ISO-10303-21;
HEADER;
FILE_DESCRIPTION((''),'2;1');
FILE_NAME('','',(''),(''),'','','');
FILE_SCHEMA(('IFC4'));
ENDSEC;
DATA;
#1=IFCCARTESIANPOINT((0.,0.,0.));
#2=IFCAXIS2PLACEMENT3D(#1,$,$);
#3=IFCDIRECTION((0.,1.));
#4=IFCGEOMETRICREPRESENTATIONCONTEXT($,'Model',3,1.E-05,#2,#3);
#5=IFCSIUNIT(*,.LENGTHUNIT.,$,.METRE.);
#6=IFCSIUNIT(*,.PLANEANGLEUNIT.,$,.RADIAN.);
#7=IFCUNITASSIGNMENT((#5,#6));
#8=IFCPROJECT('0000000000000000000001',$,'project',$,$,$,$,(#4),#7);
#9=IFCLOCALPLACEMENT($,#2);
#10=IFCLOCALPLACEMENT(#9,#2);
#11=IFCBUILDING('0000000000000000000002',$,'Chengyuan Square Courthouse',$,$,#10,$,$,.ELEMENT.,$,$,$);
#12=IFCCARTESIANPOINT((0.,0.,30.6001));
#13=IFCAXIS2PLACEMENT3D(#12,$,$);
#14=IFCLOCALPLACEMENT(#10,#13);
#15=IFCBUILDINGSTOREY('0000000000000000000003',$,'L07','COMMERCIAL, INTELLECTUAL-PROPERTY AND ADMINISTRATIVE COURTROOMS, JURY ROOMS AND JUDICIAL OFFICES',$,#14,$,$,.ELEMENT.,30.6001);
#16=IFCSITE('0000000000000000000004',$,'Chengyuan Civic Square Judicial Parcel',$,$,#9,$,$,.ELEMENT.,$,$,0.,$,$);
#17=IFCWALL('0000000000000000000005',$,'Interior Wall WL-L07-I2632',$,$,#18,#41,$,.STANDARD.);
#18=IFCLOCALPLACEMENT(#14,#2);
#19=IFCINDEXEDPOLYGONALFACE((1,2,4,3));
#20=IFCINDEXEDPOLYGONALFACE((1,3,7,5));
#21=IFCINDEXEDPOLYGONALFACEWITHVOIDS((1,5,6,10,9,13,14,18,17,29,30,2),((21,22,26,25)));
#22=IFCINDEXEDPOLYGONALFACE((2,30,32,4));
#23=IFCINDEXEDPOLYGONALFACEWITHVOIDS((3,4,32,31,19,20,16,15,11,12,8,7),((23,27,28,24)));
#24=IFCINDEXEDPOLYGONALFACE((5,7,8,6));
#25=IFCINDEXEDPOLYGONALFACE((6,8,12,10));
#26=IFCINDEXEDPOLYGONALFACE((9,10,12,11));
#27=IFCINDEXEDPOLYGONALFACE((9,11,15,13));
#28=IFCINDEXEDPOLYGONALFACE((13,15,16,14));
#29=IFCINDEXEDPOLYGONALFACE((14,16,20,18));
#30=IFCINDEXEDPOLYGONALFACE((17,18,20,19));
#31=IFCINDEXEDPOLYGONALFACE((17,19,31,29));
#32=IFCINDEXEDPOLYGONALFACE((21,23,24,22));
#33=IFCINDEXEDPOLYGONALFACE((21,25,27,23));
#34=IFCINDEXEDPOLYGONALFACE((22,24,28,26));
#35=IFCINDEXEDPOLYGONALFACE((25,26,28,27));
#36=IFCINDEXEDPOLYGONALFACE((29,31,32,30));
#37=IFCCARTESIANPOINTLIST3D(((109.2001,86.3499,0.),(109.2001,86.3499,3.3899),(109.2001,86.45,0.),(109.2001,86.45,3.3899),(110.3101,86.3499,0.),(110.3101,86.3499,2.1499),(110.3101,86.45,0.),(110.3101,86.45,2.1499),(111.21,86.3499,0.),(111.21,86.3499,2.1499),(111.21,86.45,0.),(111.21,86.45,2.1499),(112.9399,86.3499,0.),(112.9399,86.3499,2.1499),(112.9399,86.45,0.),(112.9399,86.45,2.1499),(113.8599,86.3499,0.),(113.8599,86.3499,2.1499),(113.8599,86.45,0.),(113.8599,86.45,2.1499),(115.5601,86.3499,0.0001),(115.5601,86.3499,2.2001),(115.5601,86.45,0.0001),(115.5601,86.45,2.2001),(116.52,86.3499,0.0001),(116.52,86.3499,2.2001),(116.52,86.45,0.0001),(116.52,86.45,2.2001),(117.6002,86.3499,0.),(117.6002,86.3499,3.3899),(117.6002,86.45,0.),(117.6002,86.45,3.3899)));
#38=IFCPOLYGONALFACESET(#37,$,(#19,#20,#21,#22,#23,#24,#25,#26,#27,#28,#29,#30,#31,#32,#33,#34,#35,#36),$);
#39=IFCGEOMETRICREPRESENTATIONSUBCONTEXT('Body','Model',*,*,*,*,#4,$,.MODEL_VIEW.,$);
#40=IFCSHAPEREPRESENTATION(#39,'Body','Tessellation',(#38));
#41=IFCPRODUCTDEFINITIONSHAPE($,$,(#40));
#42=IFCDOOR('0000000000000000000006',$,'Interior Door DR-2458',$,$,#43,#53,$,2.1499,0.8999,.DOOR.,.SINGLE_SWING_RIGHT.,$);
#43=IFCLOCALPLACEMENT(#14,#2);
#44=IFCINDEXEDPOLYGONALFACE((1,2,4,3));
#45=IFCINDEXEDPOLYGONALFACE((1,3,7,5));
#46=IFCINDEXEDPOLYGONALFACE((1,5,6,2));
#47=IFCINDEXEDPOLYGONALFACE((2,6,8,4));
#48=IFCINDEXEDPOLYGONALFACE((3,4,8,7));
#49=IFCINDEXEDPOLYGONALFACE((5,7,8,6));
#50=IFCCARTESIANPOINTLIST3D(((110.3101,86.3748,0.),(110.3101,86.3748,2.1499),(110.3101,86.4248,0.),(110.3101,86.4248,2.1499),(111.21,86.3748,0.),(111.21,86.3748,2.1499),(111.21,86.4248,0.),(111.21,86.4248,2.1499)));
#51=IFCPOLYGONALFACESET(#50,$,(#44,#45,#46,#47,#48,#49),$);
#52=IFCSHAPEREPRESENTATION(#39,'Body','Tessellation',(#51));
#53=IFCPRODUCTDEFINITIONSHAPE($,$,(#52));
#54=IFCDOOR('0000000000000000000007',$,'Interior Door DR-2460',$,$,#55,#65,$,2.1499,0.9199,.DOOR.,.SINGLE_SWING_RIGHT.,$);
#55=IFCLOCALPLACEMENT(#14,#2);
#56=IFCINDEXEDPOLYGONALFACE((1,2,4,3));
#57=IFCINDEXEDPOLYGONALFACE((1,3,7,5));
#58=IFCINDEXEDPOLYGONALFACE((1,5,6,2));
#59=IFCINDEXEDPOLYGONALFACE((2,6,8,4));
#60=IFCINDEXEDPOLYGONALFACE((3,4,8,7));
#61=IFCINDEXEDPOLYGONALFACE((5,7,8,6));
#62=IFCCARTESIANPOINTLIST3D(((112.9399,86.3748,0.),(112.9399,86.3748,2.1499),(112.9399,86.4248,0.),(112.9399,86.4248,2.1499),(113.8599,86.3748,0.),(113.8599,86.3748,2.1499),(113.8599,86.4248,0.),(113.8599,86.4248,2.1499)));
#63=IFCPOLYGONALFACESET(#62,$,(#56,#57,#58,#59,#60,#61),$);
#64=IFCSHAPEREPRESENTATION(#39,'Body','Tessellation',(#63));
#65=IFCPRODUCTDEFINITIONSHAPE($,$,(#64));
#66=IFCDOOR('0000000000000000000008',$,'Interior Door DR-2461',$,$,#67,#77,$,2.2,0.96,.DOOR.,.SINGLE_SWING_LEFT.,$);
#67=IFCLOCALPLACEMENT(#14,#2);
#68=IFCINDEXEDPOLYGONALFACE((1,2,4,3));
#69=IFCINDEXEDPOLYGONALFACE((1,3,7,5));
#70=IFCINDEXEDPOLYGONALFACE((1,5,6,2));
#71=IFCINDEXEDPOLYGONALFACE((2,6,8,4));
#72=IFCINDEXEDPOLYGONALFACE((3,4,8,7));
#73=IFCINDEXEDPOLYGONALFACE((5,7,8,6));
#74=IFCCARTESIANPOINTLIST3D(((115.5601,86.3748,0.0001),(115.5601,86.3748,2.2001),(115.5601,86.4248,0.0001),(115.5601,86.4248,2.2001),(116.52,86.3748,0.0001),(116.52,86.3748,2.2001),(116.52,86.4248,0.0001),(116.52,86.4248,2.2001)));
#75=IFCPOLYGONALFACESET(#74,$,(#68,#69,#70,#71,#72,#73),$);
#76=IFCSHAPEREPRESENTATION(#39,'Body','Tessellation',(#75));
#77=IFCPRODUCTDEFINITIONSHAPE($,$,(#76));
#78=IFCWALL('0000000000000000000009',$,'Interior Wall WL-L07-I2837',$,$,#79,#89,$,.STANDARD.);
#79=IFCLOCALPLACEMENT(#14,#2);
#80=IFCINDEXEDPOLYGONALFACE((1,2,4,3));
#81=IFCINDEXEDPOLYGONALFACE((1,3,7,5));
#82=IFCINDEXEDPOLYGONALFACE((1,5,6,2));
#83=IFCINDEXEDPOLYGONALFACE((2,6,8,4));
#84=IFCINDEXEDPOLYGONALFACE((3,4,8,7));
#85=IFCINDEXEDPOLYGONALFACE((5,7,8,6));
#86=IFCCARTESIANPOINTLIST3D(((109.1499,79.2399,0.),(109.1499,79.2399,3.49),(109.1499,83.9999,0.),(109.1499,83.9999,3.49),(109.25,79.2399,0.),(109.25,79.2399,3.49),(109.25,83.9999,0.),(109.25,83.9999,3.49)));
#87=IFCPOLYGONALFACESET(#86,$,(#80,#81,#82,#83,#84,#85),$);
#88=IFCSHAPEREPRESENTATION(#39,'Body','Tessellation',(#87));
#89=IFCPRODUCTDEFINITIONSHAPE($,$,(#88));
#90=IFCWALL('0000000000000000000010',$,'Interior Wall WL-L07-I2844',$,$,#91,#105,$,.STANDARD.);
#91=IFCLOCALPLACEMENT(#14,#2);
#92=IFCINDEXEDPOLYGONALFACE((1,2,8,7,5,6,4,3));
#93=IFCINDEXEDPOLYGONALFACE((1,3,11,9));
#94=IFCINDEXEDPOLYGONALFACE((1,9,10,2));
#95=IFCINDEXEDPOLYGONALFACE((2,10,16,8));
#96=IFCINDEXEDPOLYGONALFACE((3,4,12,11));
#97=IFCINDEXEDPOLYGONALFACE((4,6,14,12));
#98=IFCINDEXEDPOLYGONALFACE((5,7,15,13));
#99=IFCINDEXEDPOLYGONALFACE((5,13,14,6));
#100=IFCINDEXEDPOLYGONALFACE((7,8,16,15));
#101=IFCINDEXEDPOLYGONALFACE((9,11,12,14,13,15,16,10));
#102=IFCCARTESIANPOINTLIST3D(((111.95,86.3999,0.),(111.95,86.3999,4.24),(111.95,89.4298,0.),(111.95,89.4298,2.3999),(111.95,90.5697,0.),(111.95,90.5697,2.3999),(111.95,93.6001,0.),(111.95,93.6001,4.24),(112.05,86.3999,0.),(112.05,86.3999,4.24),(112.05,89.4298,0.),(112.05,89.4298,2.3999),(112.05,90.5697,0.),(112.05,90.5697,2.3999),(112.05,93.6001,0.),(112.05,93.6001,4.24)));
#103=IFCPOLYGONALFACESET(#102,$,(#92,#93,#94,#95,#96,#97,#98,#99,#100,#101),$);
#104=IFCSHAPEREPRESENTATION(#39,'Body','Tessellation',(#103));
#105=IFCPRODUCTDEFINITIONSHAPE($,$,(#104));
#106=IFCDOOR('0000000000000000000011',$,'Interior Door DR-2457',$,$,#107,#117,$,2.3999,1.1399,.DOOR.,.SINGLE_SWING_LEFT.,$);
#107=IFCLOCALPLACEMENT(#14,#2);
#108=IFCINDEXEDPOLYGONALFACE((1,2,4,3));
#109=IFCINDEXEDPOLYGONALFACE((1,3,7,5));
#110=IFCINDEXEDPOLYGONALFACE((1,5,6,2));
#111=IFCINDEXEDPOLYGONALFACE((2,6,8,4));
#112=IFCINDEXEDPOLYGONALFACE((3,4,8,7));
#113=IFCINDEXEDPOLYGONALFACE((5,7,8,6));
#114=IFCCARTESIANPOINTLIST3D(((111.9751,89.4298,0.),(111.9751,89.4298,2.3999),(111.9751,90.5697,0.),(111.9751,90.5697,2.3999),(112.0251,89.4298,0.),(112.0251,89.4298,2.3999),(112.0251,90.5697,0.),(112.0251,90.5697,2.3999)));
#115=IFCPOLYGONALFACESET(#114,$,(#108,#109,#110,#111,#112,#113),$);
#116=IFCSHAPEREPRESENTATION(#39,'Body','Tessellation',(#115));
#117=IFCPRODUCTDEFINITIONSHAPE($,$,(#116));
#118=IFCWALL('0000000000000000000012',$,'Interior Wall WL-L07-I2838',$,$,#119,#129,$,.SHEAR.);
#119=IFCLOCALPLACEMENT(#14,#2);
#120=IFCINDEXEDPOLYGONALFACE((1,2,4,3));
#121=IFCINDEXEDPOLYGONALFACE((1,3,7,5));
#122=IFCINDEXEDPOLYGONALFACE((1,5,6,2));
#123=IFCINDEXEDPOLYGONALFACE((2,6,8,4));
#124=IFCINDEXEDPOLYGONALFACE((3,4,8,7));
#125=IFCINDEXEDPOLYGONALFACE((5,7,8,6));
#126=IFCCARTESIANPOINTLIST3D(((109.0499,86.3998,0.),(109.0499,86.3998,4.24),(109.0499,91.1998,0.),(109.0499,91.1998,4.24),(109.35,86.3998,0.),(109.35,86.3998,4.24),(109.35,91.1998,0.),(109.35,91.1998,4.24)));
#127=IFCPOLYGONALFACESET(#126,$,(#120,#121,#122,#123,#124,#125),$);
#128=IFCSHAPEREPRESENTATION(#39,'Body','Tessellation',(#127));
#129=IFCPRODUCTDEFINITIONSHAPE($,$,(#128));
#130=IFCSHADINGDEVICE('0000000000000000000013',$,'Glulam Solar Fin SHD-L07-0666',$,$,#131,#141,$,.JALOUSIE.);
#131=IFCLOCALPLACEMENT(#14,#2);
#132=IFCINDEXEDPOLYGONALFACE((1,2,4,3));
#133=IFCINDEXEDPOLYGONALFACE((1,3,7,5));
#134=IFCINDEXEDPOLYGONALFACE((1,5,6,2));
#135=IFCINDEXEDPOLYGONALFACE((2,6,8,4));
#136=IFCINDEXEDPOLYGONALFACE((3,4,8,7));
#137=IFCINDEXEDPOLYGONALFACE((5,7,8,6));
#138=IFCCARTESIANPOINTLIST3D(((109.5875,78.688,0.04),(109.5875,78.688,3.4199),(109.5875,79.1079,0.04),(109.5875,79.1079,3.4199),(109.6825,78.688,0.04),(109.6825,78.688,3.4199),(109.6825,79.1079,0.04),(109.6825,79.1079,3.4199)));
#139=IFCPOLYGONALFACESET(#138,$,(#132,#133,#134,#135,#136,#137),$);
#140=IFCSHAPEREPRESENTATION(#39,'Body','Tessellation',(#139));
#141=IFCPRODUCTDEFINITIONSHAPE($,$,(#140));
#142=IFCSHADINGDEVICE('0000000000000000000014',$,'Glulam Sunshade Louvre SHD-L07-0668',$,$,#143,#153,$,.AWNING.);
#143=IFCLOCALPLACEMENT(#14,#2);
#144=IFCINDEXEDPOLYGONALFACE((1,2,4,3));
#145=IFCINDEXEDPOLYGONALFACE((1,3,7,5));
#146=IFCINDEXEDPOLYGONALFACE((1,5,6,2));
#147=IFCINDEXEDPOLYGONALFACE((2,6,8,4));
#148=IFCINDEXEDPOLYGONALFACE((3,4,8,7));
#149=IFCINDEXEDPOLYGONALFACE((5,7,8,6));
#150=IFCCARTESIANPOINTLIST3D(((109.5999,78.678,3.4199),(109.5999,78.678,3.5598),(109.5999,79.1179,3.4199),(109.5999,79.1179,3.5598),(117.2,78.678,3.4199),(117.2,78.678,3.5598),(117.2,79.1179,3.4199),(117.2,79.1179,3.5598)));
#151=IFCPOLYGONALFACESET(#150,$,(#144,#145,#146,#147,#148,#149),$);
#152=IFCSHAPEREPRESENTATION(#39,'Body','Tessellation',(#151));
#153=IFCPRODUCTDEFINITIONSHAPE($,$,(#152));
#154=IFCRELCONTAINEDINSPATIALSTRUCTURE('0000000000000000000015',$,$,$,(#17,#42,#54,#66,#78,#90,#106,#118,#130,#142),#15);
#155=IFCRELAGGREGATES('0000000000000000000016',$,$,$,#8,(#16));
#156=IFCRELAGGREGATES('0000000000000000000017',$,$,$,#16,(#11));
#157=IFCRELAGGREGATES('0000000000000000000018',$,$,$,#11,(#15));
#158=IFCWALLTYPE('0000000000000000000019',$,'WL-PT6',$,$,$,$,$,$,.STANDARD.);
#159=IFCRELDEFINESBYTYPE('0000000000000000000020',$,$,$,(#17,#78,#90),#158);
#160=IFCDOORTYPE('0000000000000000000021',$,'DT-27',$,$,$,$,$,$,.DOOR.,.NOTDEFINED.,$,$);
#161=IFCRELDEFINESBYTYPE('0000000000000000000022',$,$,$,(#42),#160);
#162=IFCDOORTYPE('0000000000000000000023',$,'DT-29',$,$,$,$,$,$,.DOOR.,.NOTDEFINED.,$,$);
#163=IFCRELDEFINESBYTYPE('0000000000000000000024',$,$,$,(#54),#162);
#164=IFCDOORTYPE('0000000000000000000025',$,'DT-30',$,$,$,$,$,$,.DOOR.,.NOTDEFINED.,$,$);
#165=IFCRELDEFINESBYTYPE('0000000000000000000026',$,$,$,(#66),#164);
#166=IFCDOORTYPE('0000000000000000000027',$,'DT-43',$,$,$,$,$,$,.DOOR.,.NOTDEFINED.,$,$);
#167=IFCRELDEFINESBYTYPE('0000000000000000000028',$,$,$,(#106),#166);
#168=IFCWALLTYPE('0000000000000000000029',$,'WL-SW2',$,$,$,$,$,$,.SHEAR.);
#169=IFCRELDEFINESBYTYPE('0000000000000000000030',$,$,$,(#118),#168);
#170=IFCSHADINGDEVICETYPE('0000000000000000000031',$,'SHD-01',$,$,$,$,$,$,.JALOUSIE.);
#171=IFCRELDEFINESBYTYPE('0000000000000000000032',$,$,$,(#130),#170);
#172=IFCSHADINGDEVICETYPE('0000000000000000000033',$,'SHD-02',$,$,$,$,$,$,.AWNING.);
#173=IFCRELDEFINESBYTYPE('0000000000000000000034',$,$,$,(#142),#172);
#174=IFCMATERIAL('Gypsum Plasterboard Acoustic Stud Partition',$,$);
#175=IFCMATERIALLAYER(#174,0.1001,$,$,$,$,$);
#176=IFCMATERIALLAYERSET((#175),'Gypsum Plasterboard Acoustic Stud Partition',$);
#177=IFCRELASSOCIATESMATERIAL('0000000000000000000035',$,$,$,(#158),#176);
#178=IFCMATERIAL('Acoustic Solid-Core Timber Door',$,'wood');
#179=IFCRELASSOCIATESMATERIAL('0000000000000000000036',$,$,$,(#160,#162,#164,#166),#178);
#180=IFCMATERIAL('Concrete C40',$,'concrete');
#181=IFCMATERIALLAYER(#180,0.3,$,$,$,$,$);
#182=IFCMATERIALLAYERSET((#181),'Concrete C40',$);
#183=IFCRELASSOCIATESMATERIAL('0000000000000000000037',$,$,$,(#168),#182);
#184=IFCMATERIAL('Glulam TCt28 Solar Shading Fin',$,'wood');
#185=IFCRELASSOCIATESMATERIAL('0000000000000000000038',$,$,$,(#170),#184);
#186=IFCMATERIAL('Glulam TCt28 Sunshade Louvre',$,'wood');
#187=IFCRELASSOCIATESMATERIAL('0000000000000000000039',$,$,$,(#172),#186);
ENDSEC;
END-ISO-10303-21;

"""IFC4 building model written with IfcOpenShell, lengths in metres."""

from ifc_helpers import new_model, si_unit, direction, frame, frame_2d, origin, origin_2d, place, context, subcontext, project, spatial, rectangle, extrude, material, layer, layer_set, type_object, element, fill, save


model = new_model("IFC4")

# Units and contexts
model_context = context("Model", 3, precision=1e-05, world=origin(), true_north=direction((0.0, 1.0)))
body_context = subcontext(model_context, "Body", "Model", "MODEL_VIEW")
ifc_project = project(units=[si_unit("LENGTHUNIT", "METRE"), si_unit("PLANEANGLEUNIT", "RADIAN")], contexts=[model_context])

# Site, building, storey
site_placement = place(None, origin())
site = spatial("IfcSite", under=ifc_project, at=site_placement, Name="Chengyuan Civic Square Judicial Parcel", CompositionType="ELEMENT", RefElevation=0.0)
building_placement = place(site_placement, origin())
building = spatial("IfcBuilding", under=site, at=building_placement, Name="Chengyuan Square Courthouse", CompositionType="ELEMENT")
storey_placement = place(building_placement, frame((0.0, 0.0, 30.6001)))
storey = spatial("IfcBuildingStorey", under=building, at=storey_placement, Name="L07", Description="COMMERCIAL, INTELLECTUAL-PROPERTY AND ADMINISTRATIVE COURTROOMS, JURY ROOMS AND JUDICIAL OFFICES", CompositionType="ELEMENT", Elevation=30.6001)

# Wall, openings, doors
ifc_material_1 = material(Name="Gypsum Plasterboard Acoustic Stud Partition")
ifc_layer_1 = layer(ifc_material_1, 0.1001)
ifc_layer_set_1 = layer_set([ifc_layer_1], Name="Gypsum Plasterboard Acoustic Stud Partition")
wall_type_1 = type_object("IfcWallType", Name="WL-PT6", PredefinedType="STANDARD", material=ifc_layer_set_1)
wall_1_placement = place(storey_placement, frame((109.2, 86.3999, 0.0), z_axis=(0.0, 0.0, 1.0), x_axis=(1.0, 0.0, 0.0)))
wall_1 = element("IfcWall", 1, at=wall_1_placement, inside=storey, type_object=wall_type_1, Name="Interior Wall WL-L07-I2632", PredefinedType="STANDARD", context=body_context, shape_type="SweptSolid", body=[
    extrude(rectangle(XDim=8.4001, YDim=0.1001, at=frame_2d((4.2002, 0.0))), origin(), (0.0, 0.0, 1.0), 3.3899),
])
opening_1_placement = place(wall_1_placement, frame((1.1101, 0.0, 0.0)))
opening_1 = element("IfcOpeningElement", 2, at=opening_1_placement, cuts=wall_1, PredefinedType="OPENING", context=body_context, shape_type="SweptSolid", body=[
    extrude(rectangle(XDim=0.8999, YDim=2.1499, at=frame_2d((0.45, 1.075))), frame((0.0, 0.062, 0.0), z_axis=(0.0, -1.0, 0.0), x_axis=(1.0, 0.0, 0.0)), (0.0, 0.0, 1.0), 0.124),
])
opening_2_placement = place(wall_1_placement, frame((3.74, 0.0, 0.0)))
opening_2 = element("IfcOpeningElement", 3, at=opening_2_placement, cuts=wall_1, PredefinedType="OPENING", context=body_context, shape_type="SweptSolid", body=[
    extrude(rectangle(XDim=0.9199, YDim=2.1499, at=frame_2d((0.46, 1.075))), frame((0.0, 0.062, 0.0), z_axis=(0.0, -1.0, 0.0), x_axis=(1.0, 0.0, 0.0)), (0.0, 0.0, 1.0), 0.124),
])
opening_3_placement = place(wall_1_placement, frame((6.3601, 0.0, 0.0)))
opening_3 = element("IfcOpeningElement", 4, at=opening_3_placement, cuts=wall_1, PredefinedType="OPENING", context=body_context, shape_type="SweptSolid", body=[
    extrude(rectangle(XDim=0.96, YDim=2.2, at=frame_2d((0.48, 1.1001))), frame((0.0, 0.062, 0.0), z_axis=(0.0, -1.0, 0.0), x_axis=(1.0, 0.0, 0.0)), (0.0, 0.0, 1.0), 0.124),
])
ifc_material_2 = material(Name="Acoustic Solid-Core Timber Door", Category="wood")
door_type_1 = type_object("IfcDoorType", Name="DT-27", OperationType="NOTDEFINED", PredefinedType="DOOR", material=ifc_material_2)
door_1_placement = place(opening_1_placement, origin())
door_1 = element("IfcDoor", 5, at=door_1_placement, inside=storey, type_object=door_type_1, Name="Interior Door DR-2458", OperationType="SINGLE_SWING_RIGHT", OverallHeight=2.1499, OverallWidth=0.8999, PredefinedType="DOOR", context=body_context, shape_type="SweptSolid", body=[
    extrude(rectangle(XDim=0.8999, YDim=2.1499, at=frame_2d((0.45, 1.075))), frame((0.0, 0.0249, 0.0), z_axis=(0.0, -1.0, 0.0), x_axis=(1.0, 0.0, 0.0)), (0.0, 0.0, 1.0), 0.05),
])
fill(opening_1, door_1)
door_type_2 = type_object("IfcDoorType", Name="DT-29", OperationType="NOTDEFINED", PredefinedType="DOOR", material=ifc_material_2)
door_2_placement = place(opening_2_placement, origin())
door_2 = element("IfcDoor", 6, at=door_2_placement, inside=storey, type_object=door_type_2, Name="Interior Door DR-2460", OperationType="SINGLE_SWING_RIGHT", OverallHeight=2.1499, OverallWidth=0.9199, PredefinedType="DOOR", context=body_context, shape_type="SweptSolid", body=[
    extrude(rectangle(XDim=0.9199, YDim=2.1499, at=frame_2d((0.46, 1.075))), frame((0.0, 0.0249, 0.0), z_axis=(0.0, -1.0, 0.0), x_axis=(1.0, 0.0, 0.0)), (0.0, 0.0, 1.0), 0.05),
])
fill(opening_2, door_2)
door_type_3 = type_object("IfcDoorType", Name="DT-30", OperationType="NOTDEFINED", PredefinedType="DOOR", material=ifc_material_2)
door_3_placement = place(opening_3_placement, origin())
door_3 = element("IfcDoor", 7, at=door_3_placement, inside=storey, type_object=door_type_3, Name="Interior Door DR-2461", OperationType="SINGLE_SWING_LEFT", OverallHeight=2.2, OverallWidth=0.96, PredefinedType="DOOR", context=body_context, shape_type="SweptSolid", body=[
    extrude(rectangle(XDim=0.96, YDim=2.2, at=frame_2d((0.48, 1.1001))), frame((0.0, 0.0249, 0.0), z_axis=(0.0, -1.0, 0.0), x_axis=(1.0, 0.0, 0.0)), (0.0, 0.0, 1.0), 0.05),
])
fill(opening_3, door_3)

# Wall
wall_2_placement = place(storey_placement, frame((109.2, 79.24, 0.0), z_axis=(0.0, 0.0, 1.0), x_axis=(0.0, 1.0, 0.0)))
element("IfcWall", 8, at=wall_2_placement, inside=storey, type_object=wall_type_1, Name="Interior Wall WL-L07-I2837", PredefinedType="STANDARD", context=body_context, shape_type="SweptSolid", body=[
    extrude(rectangle(XDim=4.76, YDim=0.1001, at=frame_2d((2.3799, 0.0))), origin(), (0.0, 0.0, 1.0), 3.49),
])

# Wall, opening, door
wall_3_placement = place(storey_placement, frame((112.0, 86.3999, 0.0), z_axis=(0.0, 0.0, 1.0), x_axis=(0.0, 1.0, 0.0)))
wall_3 = element("IfcWall", 9, at=wall_3_placement, inside=storey, type_object=wall_type_1, Name="Interior Wall WL-L07-I2844", PredefinedType="STANDARD", context=body_context, shape_type="SweptSolid", body=[
    extrude(rectangle(XDim=7.2002, YDim=0.1001, at=frame_2d((3.6001, 0.0))), origin(), (0.0, 0.0, 1.0), 4.24),
])
opening_4_placement = place(wall_3_placement, frame((3.03, 0.0, 0.0)))
opening_4 = element("IfcOpeningElement", 10, at=opening_4_placement, cuts=wall_3, PredefinedType="OPENING", context=body_context, shape_type="SweptSolid", body=[
    extrude(rectangle(XDim=1.1399, YDim=2.3999, at=frame_2d((0.5698, 1.2))), frame((0.0, 0.062, 0.0), z_axis=(0.0, -1.0, 0.0), x_axis=(1.0, 0.0, 0.0)), (0.0, 0.0, 1.0), 0.124),
])
door_type_4 = type_object("IfcDoorType", Name="DT-43", OperationType="NOTDEFINED", PredefinedType="DOOR", material=ifc_material_2)
door_4_placement = place(opening_4_placement, origin())
door_4 = element("IfcDoor", 11, at=door_4_placement, inside=storey, type_object=door_type_4, Name="Interior Door DR-2457", OperationType="SINGLE_SWING_LEFT", OverallHeight=2.3999, OverallWidth=1.1399, PredefinedType="DOOR", context=body_context, shape_type="SweptSolid", body=[
    extrude(rectangle(XDim=1.1399, YDim=2.3999, at=frame_2d((0.5698, 1.2))), frame((0.0, 0.0249, 0.0), z_axis=(0.0, -1.0, 0.0), x_axis=(1.0, 0.0, 0.0)), (0.0, 0.0, 1.0), 0.05),
])
fill(opening_4, door_4)

# Wall
ifc_material_3 = material(Name="Concrete C40", Category="concrete")
ifc_layer_2 = layer(ifc_material_3, 0.3)
ifc_layer_set_2 = layer_set([ifc_layer_2], Name="Concrete C40")
wall_type_2 = type_object("IfcWallType", Name="WL-SW2", PredefinedType="SHEAR", material=ifc_layer_set_2)
wall_4_placement = place(storey_placement, frame((109.2, 86.3999, 0.0), z_axis=(0.0, 0.0, 1.0), x_axis=(0.0, 1.0, 0.0)))
element("IfcWall", 12, at=wall_4_placement, inside=storey, type_object=wall_type_2, Name="Interior Wall WL-L07-I2838", PredefinedType="SHEAR", context=body_context, shape_type="SweptSolid", body=[
    extrude(rectangle(XDim=4.8, YDim=0.3, at=frame_2d((2.3999, 0.0))), origin(), (0.0, 0.0, 1.0), 4.24),
])

# Shading devices
ifc_material_4 = material(Name="Glulam TCt28 Solar Shading Fin", Category="wood")
shading_device_type_1 = type_object("IfcShadingDeviceType", Name="SHD-01", PredefinedType="JALOUSIE", material=ifc_material_4)
shading_device_1_placement = place(storey_placement, frame((109.635, 78.8979, 0.04), z_axis=(0.0, 0.0, 1.0), x_axis=(0.0, 1.0, 0.0)))
element("IfcShadingDevice", 13, at=shading_device_1_placement, inside=storey, type_object=shading_device_type_1, Name="Glulam Solar Fin SHD-L07-0666", PredefinedType="JALOUSIE", context=body_context, shape_type="SweptSolid", body=[
    extrude(rectangle(XDim=0.4199, YDim=0.095, at=origin_2d()), origin(), (0.0, 0.0, 1.0), 3.3799),
])
ifc_material_5 = material(Name="Glulam TCt28 Sunshade Louvre", Category="wood")
shading_device_type_2 = type_object("IfcShadingDeviceType", Name="SHD-02", PredefinedType="AWNING", material=ifc_material_5)
shading_device_2_placement = place(storey_placement, frame((113.3999, 78.8979, 3.4199), z_axis=(0.0, 0.0, 1.0), x_axis=(1.0, 0.0, 0.0)))
element("IfcShadingDevice", 14, at=shading_device_2_placement, inside=storey, type_object=shading_device_type_2, Name="Glulam Sunshade Louvre SHD-L07-0668", PredefinedType="AWNING", context=body_context, shape_type="SweptSolid", body=[
    extrude(rectangle(XDim=7.6001, YDim=0.4399, at=origin_2d()), origin(), (0.0, 0.0, 1.0), 0.1399),
])

save(model, "model.ifc")
